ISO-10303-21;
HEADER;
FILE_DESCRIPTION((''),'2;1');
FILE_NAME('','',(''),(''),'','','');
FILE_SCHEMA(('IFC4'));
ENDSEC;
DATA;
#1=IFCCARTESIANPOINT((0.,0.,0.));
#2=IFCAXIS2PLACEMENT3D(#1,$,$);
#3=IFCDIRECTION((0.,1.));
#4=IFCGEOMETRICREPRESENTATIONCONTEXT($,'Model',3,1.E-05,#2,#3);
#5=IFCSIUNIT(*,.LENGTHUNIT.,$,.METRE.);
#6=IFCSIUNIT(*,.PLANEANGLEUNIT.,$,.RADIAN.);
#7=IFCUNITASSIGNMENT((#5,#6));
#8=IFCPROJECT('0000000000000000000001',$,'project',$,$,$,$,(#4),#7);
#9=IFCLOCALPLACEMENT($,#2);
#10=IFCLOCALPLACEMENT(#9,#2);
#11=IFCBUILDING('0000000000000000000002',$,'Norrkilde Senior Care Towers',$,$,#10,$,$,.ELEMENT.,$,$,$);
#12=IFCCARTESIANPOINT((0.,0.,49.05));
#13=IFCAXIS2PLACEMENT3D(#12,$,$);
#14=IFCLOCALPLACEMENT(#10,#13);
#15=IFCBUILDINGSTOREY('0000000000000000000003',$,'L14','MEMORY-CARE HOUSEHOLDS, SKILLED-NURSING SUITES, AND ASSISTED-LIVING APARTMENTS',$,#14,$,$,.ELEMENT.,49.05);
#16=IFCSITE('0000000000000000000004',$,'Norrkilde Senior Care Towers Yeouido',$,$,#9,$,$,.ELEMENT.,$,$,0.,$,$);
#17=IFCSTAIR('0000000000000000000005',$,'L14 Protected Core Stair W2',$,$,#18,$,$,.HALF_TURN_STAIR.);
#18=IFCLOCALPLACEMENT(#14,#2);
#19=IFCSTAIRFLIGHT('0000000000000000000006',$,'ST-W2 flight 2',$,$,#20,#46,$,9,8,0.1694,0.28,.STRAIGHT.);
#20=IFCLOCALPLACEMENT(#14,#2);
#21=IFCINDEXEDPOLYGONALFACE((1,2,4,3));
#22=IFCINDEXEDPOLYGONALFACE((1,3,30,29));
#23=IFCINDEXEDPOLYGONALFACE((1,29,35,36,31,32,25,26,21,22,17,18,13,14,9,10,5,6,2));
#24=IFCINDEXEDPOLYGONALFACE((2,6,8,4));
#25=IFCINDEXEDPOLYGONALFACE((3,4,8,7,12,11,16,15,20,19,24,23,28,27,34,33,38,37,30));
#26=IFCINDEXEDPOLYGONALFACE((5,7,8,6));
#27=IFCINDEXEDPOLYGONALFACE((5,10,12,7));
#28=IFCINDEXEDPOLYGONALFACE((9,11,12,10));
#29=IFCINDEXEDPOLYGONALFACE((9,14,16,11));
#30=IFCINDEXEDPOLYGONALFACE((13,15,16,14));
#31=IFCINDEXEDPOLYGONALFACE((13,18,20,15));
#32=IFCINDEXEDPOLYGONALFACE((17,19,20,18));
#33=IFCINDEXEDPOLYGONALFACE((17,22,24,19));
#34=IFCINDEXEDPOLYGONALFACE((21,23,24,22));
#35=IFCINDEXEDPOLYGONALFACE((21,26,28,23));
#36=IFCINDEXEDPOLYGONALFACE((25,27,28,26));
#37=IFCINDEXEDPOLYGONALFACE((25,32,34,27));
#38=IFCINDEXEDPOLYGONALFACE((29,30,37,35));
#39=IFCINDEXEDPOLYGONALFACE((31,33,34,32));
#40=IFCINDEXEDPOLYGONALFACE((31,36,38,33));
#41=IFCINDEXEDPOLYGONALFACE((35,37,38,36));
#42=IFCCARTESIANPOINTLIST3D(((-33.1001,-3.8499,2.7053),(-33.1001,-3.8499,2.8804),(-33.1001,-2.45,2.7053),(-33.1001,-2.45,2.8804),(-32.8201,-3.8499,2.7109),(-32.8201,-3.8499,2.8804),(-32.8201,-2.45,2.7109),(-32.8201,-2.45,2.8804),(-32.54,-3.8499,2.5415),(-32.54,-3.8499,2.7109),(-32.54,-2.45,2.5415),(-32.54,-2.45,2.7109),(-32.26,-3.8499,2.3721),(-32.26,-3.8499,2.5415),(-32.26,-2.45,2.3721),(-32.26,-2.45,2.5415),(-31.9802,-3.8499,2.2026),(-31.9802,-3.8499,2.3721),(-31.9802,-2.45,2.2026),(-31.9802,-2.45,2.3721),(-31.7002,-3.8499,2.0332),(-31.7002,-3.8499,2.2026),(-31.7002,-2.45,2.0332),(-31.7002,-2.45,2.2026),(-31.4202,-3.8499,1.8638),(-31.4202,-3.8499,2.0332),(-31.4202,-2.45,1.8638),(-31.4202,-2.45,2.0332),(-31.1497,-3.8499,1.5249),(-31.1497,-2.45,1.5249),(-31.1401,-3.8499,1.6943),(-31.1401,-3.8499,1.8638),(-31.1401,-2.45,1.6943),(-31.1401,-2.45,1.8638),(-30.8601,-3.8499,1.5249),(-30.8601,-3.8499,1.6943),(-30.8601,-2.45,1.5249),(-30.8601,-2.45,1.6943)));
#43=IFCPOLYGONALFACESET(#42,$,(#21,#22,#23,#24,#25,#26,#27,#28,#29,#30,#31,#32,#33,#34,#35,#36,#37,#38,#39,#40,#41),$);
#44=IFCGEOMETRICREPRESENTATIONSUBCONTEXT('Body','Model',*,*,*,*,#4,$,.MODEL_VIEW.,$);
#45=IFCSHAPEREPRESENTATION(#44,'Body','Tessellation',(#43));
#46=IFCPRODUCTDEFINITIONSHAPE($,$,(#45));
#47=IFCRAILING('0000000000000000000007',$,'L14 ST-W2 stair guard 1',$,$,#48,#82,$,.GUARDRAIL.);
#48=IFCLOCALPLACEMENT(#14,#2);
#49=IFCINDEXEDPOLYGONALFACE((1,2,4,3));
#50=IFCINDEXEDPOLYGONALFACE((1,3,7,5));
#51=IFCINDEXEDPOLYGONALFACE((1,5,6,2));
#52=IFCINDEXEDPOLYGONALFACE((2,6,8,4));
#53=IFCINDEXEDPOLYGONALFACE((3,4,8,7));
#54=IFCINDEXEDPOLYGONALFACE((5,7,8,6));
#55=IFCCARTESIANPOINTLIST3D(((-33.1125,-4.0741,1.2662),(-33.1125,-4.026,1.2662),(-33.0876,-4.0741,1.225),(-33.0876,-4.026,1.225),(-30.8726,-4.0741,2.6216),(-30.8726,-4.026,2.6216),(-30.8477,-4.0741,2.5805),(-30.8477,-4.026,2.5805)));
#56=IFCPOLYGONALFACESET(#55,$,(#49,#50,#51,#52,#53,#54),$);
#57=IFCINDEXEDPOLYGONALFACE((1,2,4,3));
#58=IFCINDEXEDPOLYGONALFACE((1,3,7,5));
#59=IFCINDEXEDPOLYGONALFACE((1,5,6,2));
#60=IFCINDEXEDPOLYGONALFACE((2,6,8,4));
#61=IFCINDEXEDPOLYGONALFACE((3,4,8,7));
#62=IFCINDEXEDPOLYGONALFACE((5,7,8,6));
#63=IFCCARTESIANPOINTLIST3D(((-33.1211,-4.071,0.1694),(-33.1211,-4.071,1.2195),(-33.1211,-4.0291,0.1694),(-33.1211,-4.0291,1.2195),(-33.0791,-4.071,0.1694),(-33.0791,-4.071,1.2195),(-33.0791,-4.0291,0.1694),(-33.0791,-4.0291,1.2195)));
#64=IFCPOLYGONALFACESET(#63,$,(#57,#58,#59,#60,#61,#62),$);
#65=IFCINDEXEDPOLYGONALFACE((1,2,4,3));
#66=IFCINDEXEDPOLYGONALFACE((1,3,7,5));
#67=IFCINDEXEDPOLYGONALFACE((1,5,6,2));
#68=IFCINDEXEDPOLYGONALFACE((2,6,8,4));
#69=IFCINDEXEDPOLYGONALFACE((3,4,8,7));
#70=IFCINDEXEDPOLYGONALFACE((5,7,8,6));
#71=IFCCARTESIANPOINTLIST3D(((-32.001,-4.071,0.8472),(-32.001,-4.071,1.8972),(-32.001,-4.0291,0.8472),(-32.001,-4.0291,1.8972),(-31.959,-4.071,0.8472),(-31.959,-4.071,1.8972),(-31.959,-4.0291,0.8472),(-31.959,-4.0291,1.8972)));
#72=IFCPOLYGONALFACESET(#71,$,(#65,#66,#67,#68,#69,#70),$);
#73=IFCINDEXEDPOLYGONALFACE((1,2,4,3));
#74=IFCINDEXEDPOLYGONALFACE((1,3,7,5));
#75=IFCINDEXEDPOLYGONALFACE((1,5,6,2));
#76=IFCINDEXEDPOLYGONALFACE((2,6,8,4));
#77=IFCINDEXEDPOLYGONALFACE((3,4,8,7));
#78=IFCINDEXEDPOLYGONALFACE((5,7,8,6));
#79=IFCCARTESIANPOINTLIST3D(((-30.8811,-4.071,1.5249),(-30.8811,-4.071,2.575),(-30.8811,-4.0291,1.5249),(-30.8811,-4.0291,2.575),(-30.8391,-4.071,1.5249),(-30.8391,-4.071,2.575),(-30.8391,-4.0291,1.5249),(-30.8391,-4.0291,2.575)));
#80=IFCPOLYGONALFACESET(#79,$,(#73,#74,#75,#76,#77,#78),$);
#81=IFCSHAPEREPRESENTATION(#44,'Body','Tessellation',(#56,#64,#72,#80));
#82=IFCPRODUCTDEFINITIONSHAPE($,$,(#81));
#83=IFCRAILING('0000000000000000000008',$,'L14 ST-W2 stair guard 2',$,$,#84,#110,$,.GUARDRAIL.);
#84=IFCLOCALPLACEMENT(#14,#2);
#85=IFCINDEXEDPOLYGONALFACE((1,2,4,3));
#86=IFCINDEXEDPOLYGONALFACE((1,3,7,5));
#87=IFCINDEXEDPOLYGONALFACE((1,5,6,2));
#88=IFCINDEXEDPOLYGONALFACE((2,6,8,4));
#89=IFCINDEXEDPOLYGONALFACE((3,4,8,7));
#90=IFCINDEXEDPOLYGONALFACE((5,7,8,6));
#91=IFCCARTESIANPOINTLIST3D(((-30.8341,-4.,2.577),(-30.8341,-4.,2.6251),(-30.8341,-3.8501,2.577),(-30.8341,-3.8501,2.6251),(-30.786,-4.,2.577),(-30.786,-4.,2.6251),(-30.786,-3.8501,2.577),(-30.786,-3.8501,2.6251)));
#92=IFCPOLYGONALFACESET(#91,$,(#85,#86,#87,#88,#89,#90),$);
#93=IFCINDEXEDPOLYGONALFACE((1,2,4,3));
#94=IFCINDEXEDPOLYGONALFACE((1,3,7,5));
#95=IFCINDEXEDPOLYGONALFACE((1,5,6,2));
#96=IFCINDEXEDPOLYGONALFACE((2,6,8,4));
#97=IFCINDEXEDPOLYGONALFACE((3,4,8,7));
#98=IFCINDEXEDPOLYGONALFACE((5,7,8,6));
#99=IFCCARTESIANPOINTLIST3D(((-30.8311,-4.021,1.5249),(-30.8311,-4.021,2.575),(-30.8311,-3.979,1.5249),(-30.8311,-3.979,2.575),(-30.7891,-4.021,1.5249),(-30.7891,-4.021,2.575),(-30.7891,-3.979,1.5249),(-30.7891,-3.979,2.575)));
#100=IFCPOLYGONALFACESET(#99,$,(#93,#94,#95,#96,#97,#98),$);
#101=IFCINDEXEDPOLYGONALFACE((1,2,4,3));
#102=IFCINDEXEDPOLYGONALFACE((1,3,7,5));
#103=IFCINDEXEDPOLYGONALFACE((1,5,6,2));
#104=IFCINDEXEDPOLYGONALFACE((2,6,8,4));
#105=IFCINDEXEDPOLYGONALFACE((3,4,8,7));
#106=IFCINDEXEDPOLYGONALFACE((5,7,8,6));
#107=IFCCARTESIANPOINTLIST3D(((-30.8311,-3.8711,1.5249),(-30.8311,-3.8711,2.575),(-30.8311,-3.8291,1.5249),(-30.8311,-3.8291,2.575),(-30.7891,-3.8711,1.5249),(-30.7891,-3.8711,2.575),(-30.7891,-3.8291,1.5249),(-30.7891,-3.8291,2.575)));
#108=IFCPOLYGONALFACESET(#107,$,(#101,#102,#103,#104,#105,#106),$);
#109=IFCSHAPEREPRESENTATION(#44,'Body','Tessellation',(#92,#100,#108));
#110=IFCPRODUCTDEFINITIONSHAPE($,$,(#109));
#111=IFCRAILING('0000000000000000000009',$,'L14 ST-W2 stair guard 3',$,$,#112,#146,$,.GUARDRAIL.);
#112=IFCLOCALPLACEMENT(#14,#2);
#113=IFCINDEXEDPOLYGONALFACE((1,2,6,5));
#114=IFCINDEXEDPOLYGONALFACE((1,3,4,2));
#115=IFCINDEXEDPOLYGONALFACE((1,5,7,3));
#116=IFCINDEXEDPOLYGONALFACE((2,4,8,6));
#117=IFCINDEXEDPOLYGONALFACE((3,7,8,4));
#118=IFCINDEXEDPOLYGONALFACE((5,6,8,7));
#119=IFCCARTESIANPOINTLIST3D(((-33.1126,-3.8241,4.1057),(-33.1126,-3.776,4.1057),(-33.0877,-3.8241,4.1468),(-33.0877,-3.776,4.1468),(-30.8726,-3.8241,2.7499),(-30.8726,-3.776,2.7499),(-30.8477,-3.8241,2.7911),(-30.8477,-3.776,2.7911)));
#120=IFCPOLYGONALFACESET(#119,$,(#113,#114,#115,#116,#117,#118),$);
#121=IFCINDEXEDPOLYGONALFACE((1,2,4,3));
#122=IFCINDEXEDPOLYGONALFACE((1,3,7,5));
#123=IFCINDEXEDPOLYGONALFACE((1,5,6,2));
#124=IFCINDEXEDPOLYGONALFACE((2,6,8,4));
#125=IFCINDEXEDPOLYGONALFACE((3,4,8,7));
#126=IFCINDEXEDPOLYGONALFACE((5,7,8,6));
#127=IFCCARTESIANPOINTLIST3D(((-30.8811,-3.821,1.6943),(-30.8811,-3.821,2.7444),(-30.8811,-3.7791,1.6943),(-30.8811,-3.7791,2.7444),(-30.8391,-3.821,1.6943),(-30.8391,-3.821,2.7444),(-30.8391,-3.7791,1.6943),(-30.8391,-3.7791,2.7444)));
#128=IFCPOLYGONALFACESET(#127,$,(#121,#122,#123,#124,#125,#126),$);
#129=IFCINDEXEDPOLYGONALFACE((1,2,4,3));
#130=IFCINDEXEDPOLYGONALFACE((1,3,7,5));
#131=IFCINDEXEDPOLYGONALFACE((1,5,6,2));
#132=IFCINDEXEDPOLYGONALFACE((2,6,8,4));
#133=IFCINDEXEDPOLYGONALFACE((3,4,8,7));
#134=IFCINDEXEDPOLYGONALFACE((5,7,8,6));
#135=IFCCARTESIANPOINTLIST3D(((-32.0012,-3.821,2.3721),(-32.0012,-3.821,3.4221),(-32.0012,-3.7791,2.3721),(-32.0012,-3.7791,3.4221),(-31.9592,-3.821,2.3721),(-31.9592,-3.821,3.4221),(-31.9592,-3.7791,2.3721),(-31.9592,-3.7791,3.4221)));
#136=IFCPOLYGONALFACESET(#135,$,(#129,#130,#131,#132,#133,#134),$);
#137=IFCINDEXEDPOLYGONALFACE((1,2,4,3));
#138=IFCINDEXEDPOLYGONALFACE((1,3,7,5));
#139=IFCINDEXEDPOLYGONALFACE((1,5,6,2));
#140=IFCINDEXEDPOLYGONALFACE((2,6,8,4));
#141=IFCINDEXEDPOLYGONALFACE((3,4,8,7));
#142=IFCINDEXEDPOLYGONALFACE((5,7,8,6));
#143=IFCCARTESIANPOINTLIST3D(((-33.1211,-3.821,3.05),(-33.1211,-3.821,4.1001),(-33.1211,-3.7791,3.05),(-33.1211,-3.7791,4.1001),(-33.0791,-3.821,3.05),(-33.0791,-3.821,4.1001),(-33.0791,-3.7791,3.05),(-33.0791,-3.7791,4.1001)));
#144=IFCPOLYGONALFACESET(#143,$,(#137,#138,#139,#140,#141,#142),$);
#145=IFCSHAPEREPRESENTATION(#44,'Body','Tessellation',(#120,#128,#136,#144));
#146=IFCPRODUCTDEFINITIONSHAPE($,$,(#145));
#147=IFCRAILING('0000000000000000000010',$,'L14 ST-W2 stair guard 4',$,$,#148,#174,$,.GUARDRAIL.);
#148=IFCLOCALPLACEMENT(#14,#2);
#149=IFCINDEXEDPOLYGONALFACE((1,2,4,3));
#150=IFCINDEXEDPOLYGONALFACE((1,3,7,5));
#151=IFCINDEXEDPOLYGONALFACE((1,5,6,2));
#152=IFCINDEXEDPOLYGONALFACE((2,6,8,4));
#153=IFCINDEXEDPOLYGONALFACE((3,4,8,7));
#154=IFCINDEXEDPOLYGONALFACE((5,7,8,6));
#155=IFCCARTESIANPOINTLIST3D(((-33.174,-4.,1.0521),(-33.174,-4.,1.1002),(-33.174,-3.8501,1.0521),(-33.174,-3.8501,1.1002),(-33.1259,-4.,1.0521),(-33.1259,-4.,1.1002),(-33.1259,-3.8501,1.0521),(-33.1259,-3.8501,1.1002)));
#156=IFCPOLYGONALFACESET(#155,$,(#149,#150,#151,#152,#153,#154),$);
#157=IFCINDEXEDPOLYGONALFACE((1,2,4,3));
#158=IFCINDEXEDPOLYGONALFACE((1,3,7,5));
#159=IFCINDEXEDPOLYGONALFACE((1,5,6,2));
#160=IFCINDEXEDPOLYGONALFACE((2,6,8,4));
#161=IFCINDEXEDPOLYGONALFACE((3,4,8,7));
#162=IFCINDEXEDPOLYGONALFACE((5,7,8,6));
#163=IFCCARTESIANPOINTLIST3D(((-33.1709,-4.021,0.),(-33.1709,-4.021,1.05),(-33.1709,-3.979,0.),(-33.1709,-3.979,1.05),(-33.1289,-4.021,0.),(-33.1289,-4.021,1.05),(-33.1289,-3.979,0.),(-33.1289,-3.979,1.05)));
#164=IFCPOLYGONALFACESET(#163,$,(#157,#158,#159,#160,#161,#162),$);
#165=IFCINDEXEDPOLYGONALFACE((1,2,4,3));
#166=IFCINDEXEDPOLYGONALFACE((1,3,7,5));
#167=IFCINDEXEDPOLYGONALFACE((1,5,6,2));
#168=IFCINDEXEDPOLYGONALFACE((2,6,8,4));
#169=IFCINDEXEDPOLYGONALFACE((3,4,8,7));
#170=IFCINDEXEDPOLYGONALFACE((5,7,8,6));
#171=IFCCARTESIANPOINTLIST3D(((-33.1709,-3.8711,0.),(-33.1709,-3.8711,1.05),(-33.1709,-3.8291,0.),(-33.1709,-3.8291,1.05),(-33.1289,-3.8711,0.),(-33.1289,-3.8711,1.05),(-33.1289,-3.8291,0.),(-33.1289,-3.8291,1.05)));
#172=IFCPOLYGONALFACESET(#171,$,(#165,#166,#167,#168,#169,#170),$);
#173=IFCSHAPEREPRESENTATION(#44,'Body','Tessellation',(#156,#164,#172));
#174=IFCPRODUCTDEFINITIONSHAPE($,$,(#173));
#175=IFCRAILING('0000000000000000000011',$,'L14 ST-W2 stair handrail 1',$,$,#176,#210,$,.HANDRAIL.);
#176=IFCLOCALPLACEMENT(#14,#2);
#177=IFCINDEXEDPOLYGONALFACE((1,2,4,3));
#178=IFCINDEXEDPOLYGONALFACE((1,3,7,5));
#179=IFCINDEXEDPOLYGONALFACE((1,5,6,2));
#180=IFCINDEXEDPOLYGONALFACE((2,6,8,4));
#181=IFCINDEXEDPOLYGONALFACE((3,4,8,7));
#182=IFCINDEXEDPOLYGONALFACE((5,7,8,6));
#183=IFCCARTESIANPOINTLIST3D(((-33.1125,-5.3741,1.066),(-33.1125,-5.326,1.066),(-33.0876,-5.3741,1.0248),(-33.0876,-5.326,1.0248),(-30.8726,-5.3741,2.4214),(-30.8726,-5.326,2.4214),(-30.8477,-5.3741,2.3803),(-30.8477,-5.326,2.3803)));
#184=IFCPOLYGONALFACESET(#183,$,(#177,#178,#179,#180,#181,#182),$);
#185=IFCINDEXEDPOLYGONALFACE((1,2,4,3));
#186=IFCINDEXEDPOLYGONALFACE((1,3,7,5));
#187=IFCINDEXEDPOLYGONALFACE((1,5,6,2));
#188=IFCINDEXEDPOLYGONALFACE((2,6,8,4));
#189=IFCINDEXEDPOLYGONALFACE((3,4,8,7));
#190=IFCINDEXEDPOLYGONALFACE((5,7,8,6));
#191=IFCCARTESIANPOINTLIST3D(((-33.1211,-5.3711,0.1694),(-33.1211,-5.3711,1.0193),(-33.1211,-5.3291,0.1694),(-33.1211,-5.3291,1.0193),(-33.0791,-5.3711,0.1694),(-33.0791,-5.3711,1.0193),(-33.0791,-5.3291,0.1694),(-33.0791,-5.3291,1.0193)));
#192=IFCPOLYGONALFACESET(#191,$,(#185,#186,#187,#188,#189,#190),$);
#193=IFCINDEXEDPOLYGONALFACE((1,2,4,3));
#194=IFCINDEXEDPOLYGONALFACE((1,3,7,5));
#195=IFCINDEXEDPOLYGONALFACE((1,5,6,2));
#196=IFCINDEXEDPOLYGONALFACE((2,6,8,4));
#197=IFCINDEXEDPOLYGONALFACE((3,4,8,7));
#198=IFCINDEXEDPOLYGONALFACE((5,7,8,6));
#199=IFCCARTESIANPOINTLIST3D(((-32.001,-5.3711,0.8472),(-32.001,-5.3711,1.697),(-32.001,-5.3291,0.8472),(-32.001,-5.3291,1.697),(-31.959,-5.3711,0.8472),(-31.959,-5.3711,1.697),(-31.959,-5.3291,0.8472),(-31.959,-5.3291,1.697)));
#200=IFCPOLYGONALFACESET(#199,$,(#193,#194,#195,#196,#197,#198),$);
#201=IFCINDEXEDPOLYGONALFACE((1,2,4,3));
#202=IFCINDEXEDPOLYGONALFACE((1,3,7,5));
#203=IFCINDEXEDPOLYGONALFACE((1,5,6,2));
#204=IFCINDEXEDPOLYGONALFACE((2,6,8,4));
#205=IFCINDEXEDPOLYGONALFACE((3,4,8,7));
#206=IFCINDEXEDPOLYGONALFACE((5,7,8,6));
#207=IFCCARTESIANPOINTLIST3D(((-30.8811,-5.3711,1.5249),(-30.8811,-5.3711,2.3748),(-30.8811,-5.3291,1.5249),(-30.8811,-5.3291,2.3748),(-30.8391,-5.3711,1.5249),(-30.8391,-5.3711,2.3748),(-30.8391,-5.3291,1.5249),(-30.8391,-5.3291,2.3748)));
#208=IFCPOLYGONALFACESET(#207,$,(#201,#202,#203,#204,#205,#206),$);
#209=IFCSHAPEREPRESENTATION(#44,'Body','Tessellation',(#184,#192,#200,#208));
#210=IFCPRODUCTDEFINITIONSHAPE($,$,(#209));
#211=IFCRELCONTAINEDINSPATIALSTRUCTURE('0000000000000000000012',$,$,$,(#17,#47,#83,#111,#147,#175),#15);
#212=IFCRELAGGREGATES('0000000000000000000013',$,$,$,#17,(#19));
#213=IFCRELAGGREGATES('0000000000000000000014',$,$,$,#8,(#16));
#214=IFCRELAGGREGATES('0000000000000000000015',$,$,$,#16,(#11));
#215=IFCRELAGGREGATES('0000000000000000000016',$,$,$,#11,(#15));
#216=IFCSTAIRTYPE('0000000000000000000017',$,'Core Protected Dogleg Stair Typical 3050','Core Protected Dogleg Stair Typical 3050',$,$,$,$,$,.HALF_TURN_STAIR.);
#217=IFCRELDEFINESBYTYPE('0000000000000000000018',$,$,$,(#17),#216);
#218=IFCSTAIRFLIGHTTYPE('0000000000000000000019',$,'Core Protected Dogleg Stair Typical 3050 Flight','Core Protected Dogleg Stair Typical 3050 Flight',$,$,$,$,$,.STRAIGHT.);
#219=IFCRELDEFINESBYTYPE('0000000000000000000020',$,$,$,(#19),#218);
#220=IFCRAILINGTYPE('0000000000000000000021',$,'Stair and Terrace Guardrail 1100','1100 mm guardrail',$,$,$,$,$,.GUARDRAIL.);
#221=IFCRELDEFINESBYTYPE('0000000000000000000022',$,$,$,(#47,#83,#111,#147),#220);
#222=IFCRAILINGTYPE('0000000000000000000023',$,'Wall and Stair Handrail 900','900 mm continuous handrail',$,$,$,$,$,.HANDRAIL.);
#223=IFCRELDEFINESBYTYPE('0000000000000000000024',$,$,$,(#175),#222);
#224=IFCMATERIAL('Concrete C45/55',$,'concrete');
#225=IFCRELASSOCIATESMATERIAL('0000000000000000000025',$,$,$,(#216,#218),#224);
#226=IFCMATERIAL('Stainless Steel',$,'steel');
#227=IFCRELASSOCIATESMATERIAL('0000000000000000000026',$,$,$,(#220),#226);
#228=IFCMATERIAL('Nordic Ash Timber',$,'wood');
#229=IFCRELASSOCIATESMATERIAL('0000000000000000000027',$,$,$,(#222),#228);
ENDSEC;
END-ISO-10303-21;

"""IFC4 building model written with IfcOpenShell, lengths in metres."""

from ifc_helpers import new_model, si_unit, direction, frame, origin, origin_2d, place, context, subcontext, project, spatial, polyline, rectangle, outline, extrude, material, type_object, element, aggregate, save


model = new_model("IFC4")

# Units and contexts
model_context = context("Model", 3, precision=1e-05, world=origin(), true_north=direction((0.0, 1.0)))
body_context = subcontext(model_context, "Body", "Model", "MODEL_VIEW")
ifc_project = project(units=[si_unit("LENGTHUNIT", "METRE"), si_unit("PLANEANGLEUNIT", "RADIAN")], contexts=[model_context])

# Site, building, storey
site_placement = place(None, origin())
site = spatial("IfcSite", under=ifc_project, at=site_placement, Name="Norrkilde Senior Care Towers Yeouido", CompositionType="ELEMENT", RefElevation=0.0)
building_placement = place(site_placement, origin())
building = spatial("IfcBuilding", under=site, at=building_placement, Name="Norrkilde Senior Care Towers", CompositionType="ELEMENT")
storey_placement = place(building_placement, frame((0.0, 0.0, 49.05)))
storey = spatial("IfcBuildingStorey", under=building, at=storey_placement, Name="L14", Description="MEMORY-CARE HOUSEHOLDS, SKILLED-NURSING SUITES, AND ASSISTED-LIVING APARTMENTS", CompositionType="ELEMENT", Elevation=49.05)

# Shared definitions
ifc_material_1 = material(Name="Concrete C45/55", Category="concrete")
ifc_material_2 = material(Name="Stainless Steel", Category="steel")

# Stair, stair flight
stair_type = type_object("IfcStairType", Name="Core Protected Dogleg Stair Typical 3050", Description="Core Protected Dogleg Stair Typical 3050", PredefinedType="HALF_TURN_STAIR", material=ifc_material_1)
stair_placement = place(storey_placement, origin())
stair = element("IfcStair", 1, at=stair_placement, inside=storey, type_object=stair_type, Name="L14 Protected Core Stair W2", PredefinedType="HALF_TURN_STAIR")
stair_flight_type = type_object("IfcStairFlightType", Name="Core Protected Dogleg Stair Typical 3050 Flight", Description="Core Protected Dogleg Stair Typical 3050 Flight", PredefinedType="STRAIGHT", material=ifc_material_1)
stair_flight_1_placement = place(storey_placement, frame((-30.8601, -3.1499, 1.5249), z_axis=(0.0, 0.0, 1.0), x_axis=(-1.0, 0.0, 0.0)))
stair_flight_1 = element("IfcStairFlight", 2, at=stair_flight_1_placement, type_object=stair_flight_type, Name="ST-W2 flight 2", NumberOfRisers=9, NumberOfTreads=8, PredefinedType="STRAIGHT", RiserHeight=0.1694, TreadLength=0.28, context=body_context, shape_type="SweptSolid", body=[
    extrude(outline(polyline([(0.0, 0.0), (0.0, 0.1694), (0.28, 0.1694), (0.28, 0.3389), (0.5601, 0.3389), (0.5601, 0.5083), (0.8401, 0.5083), (0.8401, 0.6777), (1.1201, 0.6777), (1.1201, 0.8472), (1.3999, 0.8472), (1.3999, 1.0166), (1.6799, 1.0166), (1.6799, 1.186), (1.96, 1.186), (1.96, 1.3555), (2.24, 1.3555), (2.24, 1.5249), (2.24, 1.1804), (0.2896, 0.0), (0.0, 0.0)])), frame((0.0, 0.7, 0.0), z_axis=(0.0, -1.0, 0.0), x_axis=(1.0, 0.0, 0.0)), (0.0, 0.0, 1.0), 1.3999),
])
aggregate(stair, [stair_flight_1])

# Railings
railing_type_1 = type_object("IfcRailingType", Name="Stair and Terrace Guardrail 1100", Description="1100 mm guardrail", PredefinedType="GUARDRAIL", material=ifc_material_2)
railing_1_placement = place(storey_placement, frame((-33.1001, -4.05, 0.1694)))
element("IfcRailing", 3, at=railing_1_placement, inside=storey, type_object=railing_type_1, Name="L14 ST-W2 stair guard 1", PredefinedType="GUARDRAIL", context=body_context, shape_type="SweptSolid", body=[
    extrude(rectangle(XDim=0.0481, YDim=0.0481, at=origin_2d()), frame((0.0, 0.0, 1.0762), z_axis=(0.855553, 0.0, 0.517715), x_axis=(0.0, 1.0, 0.0)), (0.0, 0.0, 1.0), 2.6182),
    extrude(rectangle(XDim=0.042, YDim=0.042, at=origin_2d()), origin(), (0.0, 0.0, 1.0), 1.05),
    extrude(rectangle(XDim=0.042, YDim=0.042, at=origin_2d()), frame((1.1201, 0.0, 0.6777)), (0.0, 0.0, 1.0), 1.05),
    extrude(rectangle(XDim=0.042, YDim=0.042, at=origin_2d()), frame((2.24, 0.0, 1.3555)), (0.0, 0.0, 1.0), 1.05),
])
railing_2_placement = place(storey_placement, frame((-30.8101, -4.0, 1.5249)))
element("IfcRailing", 4, at=railing_2_placement, inside=storey, type_object=railing_type_1, Name="L14 ST-W2 stair guard 2", PredefinedType="GUARDRAIL", context=body_context, shape_type="SweptSolid", body=[
    extrude(rectangle(XDim=0.0481, YDim=0.0481, at=origin_2d()), frame((0.0, 0.0, 1.0762), z_axis=(0.0, 1.0, 0.0), x_axis=(-1.0, 0.0, 0.0)), (0.0, 0.0, 1.0), 0.1499),
    extrude(rectangle(XDim=0.042, YDim=0.042, at=origin_2d()), origin(), (0.0, 0.0, 1.0), 1.05),
    extrude(rectangle(XDim=0.042, YDim=0.042, at=origin_2d()), frame((0.0, 0.1499, 0.0)), (0.0, 0.0, 1.0), 1.05),
])
railing_3_placement = place(storey_placement, frame((-30.8601, -3.8, 1.6943)))
element("IfcRailing", 5, at=railing_3_placement, inside=storey, type_object=railing_type_1, Name="L14 ST-W2 stair guard 3", PredefinedType="GUARDRAIL", context=body_context, shape_type="SweptSolid", body=[
    extrude(rectangle(XDim=0.0481, YDim=0.0481, at=origin_2d()), frame((0.0, 0.0, 1.0762), z_axis=(-0.855512, 0.0, 0.517783), x_axis=(0.0, -1.0, 0.0)), (0.0, 0.0, 1.0), 2.6184),
    extrude(rectangle(XDim=0.042, YDim=0.042, at=origin_2d()), origin(), (0.0, 0.0, 1.0), 1.05),
    extrude(rectangle(XDim=0.042, YDim=0.042, at=origin_2d()), frame((-1.1201, 0.0, 0.6777)), (0.0, 0.0, 1.0), 1.05),
    extrude(rectangle(XDim=0.042, YDim=0.042, at=origin_2d()), frame((-2.24, 0.0, 1.3557)), (0.0, 0.0, 1.0), 1.05),
])
railing_4_placement = place(storey_placement, frame((-33.1499, -4.0, 0.0)))
element("IfcRailing", 6, at=railing_4_placement, inside=storey, type_object=railing_type_1, Name="L14 ST-W2 stair guard 4", PredefinedType="GUARDRAIL", context=body_context, shape_type="SweptSolid", body=[
    extrude(rectangle(XDim=0.0481, YDim=0.0481, at=origin_2d()), frame((0.0, 0.0, 1.0762), z_axis=(0.0, 1.0, 0.0), x_axis=(-1.0, 0.0, 0.0)), (0.0, 0.0, 1.0), 0.1499),
    extrude(rectangle(XDim=0.042, YDim=0.042, at=origin_2d()), origin(), (0.0, 0.0, 1.0), 1.05),
    extrude(rectangle(XDim=0.042, YDim=0.042, at=origin_2d()), frame((0.0, 0.1499, 0.0)), (0.0, 0.0, 1.0), 1.05),
])
ifc_material_3 = material(Name="Nordic Ash Timber", Category="wood")
railing_type_2 = type_object("IfcRailingType", Name="Wall and Stair Handrail 900", Description="900 mm continuous handrail", PredefinedType="HANDRAIL", material=ifc_material_3)
railing_5_placement = place(storey_placement, frame((-33.1001, -5.3501, 0.1694)))
element("IfcRailing", 7, at=railing_5_placement, inside=storey, type_object=railing_type_2, Name="L14 ST-W2 stair handrail 1", PredefinedType="HANDRAIL", context=body_context, shape_type="SweptSolid", body=[
    extrude(rectangle(XDim=0.0481, YDim=0.0481, at=origin_2d()), frame((0.0, 0.0, 0.876), z_axis=(0.855553, 0.0, 0.517715), x_axis=(0.0, 1.0, 0.0)), (0.0, 0.0, 1.0), 2.6182),
    extrude(rectangle(XDim=0.042, YDim=0.042, at=origin_2d()), origin(), (0.0, 0.0, 1.0), 0.8499),
    extrude(rectangle(XDim=0.042, YDim=0.042, at=origin_2d()), frame((1.1201, 0.0, 0.6777)), (0.0, 0.0, 1.0), 0.8499),
    extrude(rectangle(XDim=0.042, YDim=0.042, at=origin_2d()), frame((2.24, 0.0, 1.3555)), (0.0, 0.0, 1.0), 0.8499),
])

save(model, "model.ifc")
